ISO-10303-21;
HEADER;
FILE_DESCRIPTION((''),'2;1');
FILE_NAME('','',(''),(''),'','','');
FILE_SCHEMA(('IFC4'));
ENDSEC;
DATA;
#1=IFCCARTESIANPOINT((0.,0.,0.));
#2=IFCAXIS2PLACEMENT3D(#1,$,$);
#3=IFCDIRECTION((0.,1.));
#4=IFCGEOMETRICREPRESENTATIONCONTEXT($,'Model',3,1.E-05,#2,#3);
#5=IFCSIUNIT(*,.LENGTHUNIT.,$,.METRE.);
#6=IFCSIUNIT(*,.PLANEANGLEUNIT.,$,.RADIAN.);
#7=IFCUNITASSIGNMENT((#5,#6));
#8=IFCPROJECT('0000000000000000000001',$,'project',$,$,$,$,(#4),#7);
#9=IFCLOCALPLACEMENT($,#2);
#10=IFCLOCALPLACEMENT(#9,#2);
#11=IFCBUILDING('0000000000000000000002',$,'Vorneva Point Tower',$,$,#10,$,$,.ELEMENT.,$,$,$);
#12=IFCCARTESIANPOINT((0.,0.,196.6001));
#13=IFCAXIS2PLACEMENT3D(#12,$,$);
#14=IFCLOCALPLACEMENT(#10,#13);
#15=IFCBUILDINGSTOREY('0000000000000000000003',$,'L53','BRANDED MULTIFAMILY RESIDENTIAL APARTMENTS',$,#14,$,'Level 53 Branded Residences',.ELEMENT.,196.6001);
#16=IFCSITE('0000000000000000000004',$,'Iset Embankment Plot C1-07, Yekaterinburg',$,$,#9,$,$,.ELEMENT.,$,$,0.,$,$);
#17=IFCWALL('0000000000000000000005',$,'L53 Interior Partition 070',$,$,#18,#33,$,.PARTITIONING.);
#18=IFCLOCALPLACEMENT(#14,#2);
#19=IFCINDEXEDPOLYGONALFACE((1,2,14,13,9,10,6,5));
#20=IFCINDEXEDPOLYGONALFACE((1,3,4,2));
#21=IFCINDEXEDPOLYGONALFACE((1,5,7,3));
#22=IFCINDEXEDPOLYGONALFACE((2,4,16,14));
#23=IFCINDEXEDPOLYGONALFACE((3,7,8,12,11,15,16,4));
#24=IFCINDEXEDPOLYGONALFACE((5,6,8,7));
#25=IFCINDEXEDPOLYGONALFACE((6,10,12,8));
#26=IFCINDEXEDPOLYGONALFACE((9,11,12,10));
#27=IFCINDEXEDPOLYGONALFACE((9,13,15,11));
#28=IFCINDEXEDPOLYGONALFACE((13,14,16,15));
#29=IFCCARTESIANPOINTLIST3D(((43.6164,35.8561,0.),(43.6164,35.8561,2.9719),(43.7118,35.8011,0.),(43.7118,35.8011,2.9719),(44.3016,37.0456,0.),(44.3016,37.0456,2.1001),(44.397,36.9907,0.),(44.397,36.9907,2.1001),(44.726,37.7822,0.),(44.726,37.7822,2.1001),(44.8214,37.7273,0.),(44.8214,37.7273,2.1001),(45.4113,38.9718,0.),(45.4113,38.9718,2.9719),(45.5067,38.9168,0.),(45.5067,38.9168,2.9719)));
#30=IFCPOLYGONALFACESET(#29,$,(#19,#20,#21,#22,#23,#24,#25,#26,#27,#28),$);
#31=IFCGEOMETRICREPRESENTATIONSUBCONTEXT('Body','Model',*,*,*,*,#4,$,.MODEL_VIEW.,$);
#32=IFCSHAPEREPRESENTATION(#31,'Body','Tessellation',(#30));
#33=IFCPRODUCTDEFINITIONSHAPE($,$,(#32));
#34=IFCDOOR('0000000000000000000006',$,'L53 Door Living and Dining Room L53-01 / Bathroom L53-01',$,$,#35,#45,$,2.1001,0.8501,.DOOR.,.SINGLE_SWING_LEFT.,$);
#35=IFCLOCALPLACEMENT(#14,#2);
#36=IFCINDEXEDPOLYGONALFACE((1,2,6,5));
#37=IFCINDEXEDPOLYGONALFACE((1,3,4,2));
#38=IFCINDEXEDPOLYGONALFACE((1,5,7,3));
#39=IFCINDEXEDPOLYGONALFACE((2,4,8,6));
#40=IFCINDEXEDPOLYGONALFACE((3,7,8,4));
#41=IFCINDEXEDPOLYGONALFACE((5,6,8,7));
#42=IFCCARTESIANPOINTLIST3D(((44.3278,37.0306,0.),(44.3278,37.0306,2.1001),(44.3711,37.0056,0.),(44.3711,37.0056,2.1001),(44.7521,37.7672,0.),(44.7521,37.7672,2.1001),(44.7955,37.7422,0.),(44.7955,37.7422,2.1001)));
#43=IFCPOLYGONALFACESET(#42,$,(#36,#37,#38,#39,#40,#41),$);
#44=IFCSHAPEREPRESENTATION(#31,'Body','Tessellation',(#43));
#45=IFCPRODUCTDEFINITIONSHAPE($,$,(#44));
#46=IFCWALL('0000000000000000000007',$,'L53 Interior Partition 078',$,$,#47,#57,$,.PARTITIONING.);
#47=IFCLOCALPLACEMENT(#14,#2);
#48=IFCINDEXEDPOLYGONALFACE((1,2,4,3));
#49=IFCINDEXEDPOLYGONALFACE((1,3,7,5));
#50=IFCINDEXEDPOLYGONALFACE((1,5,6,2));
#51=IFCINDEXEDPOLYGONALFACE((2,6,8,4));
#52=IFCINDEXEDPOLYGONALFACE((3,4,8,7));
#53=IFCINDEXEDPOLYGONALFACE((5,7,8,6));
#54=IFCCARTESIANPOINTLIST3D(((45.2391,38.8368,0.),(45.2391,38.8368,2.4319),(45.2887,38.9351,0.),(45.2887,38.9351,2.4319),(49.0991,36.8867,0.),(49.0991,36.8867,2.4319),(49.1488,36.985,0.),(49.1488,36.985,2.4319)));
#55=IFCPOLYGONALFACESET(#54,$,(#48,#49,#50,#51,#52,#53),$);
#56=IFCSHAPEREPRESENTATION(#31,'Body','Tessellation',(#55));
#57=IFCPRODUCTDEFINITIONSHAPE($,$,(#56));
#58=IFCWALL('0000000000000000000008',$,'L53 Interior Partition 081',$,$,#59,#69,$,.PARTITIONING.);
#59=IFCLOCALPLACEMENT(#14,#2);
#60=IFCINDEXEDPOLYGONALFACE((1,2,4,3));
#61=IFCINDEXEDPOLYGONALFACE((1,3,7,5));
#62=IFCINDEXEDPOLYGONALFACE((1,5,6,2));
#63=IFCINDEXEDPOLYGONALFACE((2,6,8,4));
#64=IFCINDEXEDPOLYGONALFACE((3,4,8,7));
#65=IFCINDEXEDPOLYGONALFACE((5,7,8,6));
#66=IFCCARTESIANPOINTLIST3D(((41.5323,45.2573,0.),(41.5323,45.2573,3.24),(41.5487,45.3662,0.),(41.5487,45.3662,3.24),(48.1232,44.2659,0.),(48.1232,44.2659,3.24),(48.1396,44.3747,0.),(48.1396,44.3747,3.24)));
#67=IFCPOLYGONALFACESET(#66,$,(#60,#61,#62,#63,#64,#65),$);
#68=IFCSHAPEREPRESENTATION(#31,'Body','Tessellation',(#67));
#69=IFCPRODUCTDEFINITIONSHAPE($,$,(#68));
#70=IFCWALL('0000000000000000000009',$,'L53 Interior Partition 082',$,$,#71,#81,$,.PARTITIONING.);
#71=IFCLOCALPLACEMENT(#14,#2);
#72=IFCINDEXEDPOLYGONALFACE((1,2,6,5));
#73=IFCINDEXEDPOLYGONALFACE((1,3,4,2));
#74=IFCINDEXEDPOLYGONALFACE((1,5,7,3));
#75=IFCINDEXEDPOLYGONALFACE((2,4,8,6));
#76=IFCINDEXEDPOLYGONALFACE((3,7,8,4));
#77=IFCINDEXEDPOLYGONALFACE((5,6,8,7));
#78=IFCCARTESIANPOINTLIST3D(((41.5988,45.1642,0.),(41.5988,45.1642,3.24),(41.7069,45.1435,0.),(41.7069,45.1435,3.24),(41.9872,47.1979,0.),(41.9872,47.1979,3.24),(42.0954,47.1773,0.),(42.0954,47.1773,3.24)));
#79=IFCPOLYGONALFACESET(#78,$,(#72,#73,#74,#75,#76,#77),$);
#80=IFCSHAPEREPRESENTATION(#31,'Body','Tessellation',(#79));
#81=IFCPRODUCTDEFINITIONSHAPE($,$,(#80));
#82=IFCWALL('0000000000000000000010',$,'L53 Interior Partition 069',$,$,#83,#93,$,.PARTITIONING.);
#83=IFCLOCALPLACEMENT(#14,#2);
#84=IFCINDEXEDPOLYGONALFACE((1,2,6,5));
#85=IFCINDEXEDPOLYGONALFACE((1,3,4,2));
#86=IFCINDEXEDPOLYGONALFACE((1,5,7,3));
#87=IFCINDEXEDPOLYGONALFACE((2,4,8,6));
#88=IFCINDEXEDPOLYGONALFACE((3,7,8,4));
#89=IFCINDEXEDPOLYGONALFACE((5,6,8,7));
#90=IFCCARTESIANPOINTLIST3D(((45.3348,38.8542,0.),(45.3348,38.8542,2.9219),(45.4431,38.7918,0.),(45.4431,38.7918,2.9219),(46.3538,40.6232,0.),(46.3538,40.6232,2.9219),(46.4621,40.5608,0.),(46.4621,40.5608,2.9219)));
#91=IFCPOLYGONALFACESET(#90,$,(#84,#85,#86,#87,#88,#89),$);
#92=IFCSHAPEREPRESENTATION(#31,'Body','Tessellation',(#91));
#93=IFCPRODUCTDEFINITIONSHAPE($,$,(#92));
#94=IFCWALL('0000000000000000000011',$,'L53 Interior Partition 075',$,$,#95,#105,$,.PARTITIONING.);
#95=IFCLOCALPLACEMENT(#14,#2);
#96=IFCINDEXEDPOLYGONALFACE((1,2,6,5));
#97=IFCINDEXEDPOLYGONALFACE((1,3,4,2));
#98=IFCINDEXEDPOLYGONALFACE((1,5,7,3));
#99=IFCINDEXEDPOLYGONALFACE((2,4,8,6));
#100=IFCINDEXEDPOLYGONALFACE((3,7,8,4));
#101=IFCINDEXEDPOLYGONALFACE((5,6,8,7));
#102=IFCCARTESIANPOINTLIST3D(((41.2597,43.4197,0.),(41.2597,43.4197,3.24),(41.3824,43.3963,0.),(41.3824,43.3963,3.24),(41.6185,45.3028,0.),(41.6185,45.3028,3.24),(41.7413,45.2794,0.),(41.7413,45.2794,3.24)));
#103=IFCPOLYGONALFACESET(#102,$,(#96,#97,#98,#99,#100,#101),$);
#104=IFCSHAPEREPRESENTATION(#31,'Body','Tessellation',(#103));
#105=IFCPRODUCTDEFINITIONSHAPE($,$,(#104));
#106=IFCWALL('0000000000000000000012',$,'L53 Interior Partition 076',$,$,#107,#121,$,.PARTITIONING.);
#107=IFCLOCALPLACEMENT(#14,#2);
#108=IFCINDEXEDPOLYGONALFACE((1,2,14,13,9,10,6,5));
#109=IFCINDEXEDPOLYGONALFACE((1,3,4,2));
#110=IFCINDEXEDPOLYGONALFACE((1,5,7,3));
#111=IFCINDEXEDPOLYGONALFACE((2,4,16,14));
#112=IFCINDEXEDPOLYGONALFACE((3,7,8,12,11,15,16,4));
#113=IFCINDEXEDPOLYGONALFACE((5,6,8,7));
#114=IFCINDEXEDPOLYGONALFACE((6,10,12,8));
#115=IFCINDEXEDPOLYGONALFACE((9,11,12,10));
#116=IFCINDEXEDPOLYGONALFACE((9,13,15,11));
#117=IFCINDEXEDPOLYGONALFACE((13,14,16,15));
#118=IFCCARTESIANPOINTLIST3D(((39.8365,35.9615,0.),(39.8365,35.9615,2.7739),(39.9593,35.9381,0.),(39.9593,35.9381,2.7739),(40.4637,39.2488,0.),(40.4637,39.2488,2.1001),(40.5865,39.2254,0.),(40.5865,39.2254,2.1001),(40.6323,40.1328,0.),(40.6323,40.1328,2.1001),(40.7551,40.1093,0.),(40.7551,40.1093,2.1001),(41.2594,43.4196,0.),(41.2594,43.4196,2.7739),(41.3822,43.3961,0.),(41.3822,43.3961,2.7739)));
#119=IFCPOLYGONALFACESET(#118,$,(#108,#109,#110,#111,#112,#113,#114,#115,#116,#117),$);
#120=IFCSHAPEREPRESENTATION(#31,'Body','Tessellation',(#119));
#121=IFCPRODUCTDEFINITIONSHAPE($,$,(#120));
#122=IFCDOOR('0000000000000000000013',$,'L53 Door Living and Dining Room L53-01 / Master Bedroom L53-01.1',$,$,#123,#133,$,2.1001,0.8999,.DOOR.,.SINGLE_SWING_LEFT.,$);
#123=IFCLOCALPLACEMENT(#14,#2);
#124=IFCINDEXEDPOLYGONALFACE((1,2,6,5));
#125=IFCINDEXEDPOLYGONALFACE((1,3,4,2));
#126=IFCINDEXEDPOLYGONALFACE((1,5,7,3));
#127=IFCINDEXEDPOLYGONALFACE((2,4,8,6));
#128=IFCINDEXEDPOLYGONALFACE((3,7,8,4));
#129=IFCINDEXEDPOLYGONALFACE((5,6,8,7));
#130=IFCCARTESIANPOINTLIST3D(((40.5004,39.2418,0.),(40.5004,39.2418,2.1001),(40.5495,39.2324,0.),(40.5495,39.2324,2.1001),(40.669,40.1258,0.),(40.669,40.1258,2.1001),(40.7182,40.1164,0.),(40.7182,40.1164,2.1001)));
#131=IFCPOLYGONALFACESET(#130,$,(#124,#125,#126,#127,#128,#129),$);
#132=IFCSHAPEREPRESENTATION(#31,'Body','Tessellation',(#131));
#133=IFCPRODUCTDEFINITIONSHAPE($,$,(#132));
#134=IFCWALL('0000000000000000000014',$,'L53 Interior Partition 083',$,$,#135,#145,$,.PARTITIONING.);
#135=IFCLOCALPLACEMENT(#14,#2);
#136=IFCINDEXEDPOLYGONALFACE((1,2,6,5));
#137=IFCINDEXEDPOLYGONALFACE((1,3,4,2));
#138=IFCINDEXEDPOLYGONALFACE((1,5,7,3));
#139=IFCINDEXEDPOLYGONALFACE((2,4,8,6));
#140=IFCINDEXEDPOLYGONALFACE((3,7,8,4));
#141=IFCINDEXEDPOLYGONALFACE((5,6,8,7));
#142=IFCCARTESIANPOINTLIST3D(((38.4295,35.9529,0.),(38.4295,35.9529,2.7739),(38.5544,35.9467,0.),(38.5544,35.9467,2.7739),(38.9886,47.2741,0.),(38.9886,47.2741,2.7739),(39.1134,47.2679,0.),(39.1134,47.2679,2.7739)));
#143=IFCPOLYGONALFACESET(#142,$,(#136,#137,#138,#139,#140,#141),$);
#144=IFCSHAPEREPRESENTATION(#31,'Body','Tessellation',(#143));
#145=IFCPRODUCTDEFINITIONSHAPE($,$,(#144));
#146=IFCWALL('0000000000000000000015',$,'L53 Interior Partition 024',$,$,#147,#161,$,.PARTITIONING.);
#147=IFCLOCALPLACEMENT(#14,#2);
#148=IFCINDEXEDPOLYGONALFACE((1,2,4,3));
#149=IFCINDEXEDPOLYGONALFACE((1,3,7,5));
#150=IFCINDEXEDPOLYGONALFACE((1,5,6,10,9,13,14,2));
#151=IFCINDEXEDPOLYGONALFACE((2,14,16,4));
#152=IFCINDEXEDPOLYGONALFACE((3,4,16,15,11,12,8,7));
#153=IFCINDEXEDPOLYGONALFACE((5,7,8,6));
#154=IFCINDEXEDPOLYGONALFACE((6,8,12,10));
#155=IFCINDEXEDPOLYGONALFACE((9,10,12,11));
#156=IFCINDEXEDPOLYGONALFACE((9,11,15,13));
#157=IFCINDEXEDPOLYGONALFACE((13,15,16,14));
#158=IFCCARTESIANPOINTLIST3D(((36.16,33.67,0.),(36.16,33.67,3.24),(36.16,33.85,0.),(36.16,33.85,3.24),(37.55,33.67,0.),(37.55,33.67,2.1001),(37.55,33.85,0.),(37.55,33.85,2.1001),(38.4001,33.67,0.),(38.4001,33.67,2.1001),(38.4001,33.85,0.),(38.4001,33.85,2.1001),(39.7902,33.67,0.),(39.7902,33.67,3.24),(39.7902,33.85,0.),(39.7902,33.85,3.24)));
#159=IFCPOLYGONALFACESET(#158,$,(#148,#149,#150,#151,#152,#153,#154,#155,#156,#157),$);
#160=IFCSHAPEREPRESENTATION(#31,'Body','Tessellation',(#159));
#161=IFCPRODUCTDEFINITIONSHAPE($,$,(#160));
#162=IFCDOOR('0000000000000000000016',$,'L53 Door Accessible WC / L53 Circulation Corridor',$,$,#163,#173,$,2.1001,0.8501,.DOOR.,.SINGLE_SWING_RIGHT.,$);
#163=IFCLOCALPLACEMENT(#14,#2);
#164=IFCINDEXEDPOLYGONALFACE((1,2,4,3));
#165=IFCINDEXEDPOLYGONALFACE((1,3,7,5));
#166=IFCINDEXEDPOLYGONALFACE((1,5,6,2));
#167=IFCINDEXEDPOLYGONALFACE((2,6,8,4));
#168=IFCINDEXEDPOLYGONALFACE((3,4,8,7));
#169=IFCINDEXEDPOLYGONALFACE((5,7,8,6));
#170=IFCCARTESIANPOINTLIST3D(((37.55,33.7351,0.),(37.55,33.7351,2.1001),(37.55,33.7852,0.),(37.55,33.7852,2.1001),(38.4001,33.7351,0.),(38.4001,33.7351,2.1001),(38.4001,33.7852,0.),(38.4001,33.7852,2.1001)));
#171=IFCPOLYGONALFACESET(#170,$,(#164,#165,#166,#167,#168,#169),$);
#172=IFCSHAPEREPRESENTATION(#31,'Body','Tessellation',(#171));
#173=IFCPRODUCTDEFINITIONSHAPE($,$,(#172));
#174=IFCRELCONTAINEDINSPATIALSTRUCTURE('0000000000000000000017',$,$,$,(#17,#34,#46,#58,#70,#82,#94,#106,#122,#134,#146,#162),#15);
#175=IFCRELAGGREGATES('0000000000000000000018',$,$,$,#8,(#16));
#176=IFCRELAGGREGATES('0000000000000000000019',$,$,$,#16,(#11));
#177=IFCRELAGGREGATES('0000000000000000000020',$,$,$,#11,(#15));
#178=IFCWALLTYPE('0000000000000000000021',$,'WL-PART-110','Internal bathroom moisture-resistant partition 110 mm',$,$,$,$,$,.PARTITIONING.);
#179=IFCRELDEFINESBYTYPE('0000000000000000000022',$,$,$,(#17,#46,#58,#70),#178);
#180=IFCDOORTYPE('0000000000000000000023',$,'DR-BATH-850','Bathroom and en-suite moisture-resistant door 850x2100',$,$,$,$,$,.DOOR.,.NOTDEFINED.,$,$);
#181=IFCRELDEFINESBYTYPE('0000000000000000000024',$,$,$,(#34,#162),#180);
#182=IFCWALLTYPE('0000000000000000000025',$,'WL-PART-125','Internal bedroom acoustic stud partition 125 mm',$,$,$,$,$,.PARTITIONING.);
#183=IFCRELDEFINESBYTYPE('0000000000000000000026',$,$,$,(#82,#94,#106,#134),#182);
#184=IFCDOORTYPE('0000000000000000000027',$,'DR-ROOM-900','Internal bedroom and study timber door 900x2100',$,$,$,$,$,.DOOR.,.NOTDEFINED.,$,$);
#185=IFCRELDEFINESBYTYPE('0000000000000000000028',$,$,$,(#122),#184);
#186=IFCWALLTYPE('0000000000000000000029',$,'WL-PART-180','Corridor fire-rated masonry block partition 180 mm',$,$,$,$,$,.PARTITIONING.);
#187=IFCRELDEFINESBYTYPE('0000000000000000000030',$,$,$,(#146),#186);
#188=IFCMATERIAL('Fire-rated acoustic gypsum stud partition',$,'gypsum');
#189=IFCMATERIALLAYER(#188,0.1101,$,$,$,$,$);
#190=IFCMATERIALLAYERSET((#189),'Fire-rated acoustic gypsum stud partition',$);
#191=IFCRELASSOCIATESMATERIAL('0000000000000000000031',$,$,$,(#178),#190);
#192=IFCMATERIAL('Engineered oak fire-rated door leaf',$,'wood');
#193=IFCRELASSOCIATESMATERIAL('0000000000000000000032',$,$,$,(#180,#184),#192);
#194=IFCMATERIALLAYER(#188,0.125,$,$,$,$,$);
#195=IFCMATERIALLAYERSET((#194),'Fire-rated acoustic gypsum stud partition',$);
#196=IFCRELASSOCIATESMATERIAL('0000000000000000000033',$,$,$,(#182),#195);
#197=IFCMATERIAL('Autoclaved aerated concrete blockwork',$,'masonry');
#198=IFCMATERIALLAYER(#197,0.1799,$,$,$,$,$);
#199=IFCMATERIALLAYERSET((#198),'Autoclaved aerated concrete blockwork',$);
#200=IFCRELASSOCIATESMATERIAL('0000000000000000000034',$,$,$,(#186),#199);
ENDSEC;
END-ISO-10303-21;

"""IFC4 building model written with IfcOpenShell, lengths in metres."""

from ifc_helpers import new_model, si_unit, direction, frame, frame_2d, origin, place, context, subcontext, project, spatial, rectangle, extrude, material, layer, layer_set, type_object, element, fill, save


model = new_model("IFC4")

# Units and contexts
model_context = context("Model", 3, precision=1e-05, world=origin(), true_north=direction((0.0, 1.0)))
body_context = subcontext(model_context, "Body", "Model", "MODEL_VIEW")
ifc_project = project(units=[si_unit("LENGTHUNIT", "METRE"), si_unit("PLANEANGLEUNIT", "RADIAN")], contexts=[model_context])

# Site, building, storey
site_placement = place(None, origin())
site = spatial("IfcSite", under=ifc_project, at=site_placement, Name="Iset Embankment Plot C1-07, Yekaterinburg", CompositionType="ELEMENT", RefElevation=0.0)
building_placement = place(site_placement, origin())
building = spatial("IfcBuilding", under=site, at=building_placement, Name="Vorneva Point Tower", CompositionType="ELEMENT")
storey_placement = place(building_placement, frame((0.0, 0.0, 196.6001)))
storey = spatial("IfcBuildingStorey", under=building, at=storey_placement, Name="L53", Description="BRANDED MULTIFAMILY RESIDENTIAL APARTMENTS", LongName="Level 53 Branded Residences", CompositionType="ELEMENT", Elevation=196.6001)

# Wall, opening, door
ifc_material_1 = material(Name="Fire-rated acoustic gypsum stud partition", Category="gypsum")
ifc_layer_1 = layer(ifc_material_1, 0.1101)
ifc_layer_set_1 = layer_set([ifc_layer_1], Name="Fire-rated acoustic gypsum stud partition")
wall_type_1 = type_object("IfcWallType", Name="WL-PART-110", Description="Internal bathroom moisture-resistant partition 110 mm", PredefinedType="PARTITIONING", material=ifc_layer_set_1)
wall_1_placement = place(storey_placement, frame((43.6641, 35.8286, 0.0), z_axis=(0.0, 0.0, 1.0), x_axis=(0.499178, 0.8665, 0.0)))
wall_1 = element("IfcWall", 1, at=wall_1_placement, inside=storey, type_object=wall_type_1, Name="L53 Interior Partition 070", PredefinedType="PARTITIONING", context=body_context, shape_type="SweptSolid", body=[
    extrude(rectangle(XDim=3.5957, YDim=0.1101, at=frame_2d((1.7979, 0.0))), origin(), (0.0, 0.0, 1.0), 2.9719),
])
opening_1_placement = place(wall_1_placement, frame((1.3728, 0.0, 0.0)))
opening_1 = element("IfcOpeningElement", 2, at=opening_1_placement, cuts=wall_1, PredefinedType="OPENING", context=body_context, shape_type="SweptSolid", body=[
    extrude(rectangle(XDim=0.8501, YDim=2.1001, at=frame_2d((0.425, 1.05))), frame((0.0, 0.0698, 0.0), z_axis=(0.0, -1.0, 0.0), x_axis=(1.0, 0.0, 0.0)), (0.0, 0.0, 1.0), 0.1399),
])
ifc_material_2 = material(Name="Engineered oak fire-rated door leaf", Category="wood")
door_type_1 = type_object("IfcDoorType", Name="DR-BATH-850", Description="Bathroom and en-suite moisture-resistant door 850x2100", OperationType="NOTDEFINED", PredefinedType="DOOR", material=ifc_material_2)
door_1_placement = place(opening_1_placement, origin())
door_1 = element("IfcDoor", 3, at=door_1_placement, inside=storey, type_object=door_type_1, Name="L53 Door Living and Dining Room L53-01 / Bathroom L53-01", OperationType="SINGLE_SWING_LEFT", OverallHeight=2.1001, OverallWidth=0.8501, PredefinedType="DOOR", context=body_context, shape_type="SweptSolid", body=[
    extrude(rectangle(XDim=0.8501, YDim=2.1001, at=frame_2d((0.425, 1.05))), frame((0.0, 0.0249, 0.0), z_axis=(0.0, -1.0, 0.0), x_axis=(1.0, 0.0, 0.0)), (0.0, 0.0, 1.0), 0.05),
])
fill(opening_1, door_1)

# Walls
wall_2_placement = place(storey_placement, frame((45.2639, 38.886, 0.0), z_axis=(0.0, 0.0, 1.0), x_axis=(0.892557, -0.450936, 0.0)))
element("IfcWall", 4, at=wall_2_placement, inside=storey, type_object=wall_type_1, Name="L53 Interior Partition 078", PredefinedType="PARTITIONING", context=body_context, shape_type="SweptSolid", body=[
    extrude(rectangle(XDim=4.3247, YDim=0.1101, at=frame_2d((2.1624, 0.0))), origin(), (0.0, 0.0, 1.0), 2.4319),
])
wall_3_placement = place(storey_placement, frame((41.5405, 45.3118, 0.0), z_axis=(0.0, 0.0, 1.0), x_axis=(0.988874, -0.148756, 0.0)))
element("IfcWall", 5, at=wall_3_placement, inside=storey, type_object=wall_type_1, Name="L53 Interior Partition 081", PredefinedType="PARTITIONING", context=body_context, shape_type="SweptSolid", body=[
    extrude(rectangle(XDim=6.665, YDim=0.1101, at=frame_2d((3.3325, 0.0))), origin(), (0.0, 0.0, 1.0), 3.24),
])
wall_4_placement = place(storey_placement, frame((42.0413, 47.1875, 0.0), z_axis=(0.0, 0.0, 1.0), x_axis=(-0.187605, -0.982245, 0.0)))
element("IfcWall", 6, at=wall_4_placement, inside=storey, type_object=wall_type_1, Name="L53 Interior Partition 082", PredefinedType="PARTITIONING", context=body_context, shape_type="SweptSolid", body=[
    extrude(rectangle(XDim=2.0706, YDim=0.1101, at=frame_2d((1.0352, 0.0))), origin(), (0.0, 0.0, 1.0), 3.24),
])
ifc_layer_2 = layer(ifc_material_1, 0.125)
ifc_layer_set_2 = layer_set([ifc_layer_2], Name="Fire-rated acoustic gypsum stud partition")
wall_type_2 = type_object("IfcWallType", Name="WL-PART-125", Description="Internal bedroom acoustic stud partition 125 mm", PredefinedType="PARTITIONING", material=ifc_layer_set_2)
wall_5_placement = place(storey_placement, frame((45.3889, 38.823, 0.0), z_axis=(0.0, 0.0, 1.0), x_axis=(0.49915, 0.866516, 0.0)))
element("IfcWall", 7, at=wall_5_placement, inside=storey, type_object=wall_type_2, Name="L53 Interior Partition 069", PredefinedType="PARTITIONING", context=body_context, shape_type="SweptSolid", body=[
    extrude(rectangle(XDim=2.0415, YDim=0.125, at=frame_2d((1.0208, 0.0))), origin(), (0.0, 0.0, 1.0), 2.9219),
])
wall_6_placement = place(storey_placement, frame((41.321, 43.408, 0.0), z_axis=(0.0, 0.0, 1.0), x_axis=(0.187217, 0.982318, 0.0)))
element("IfcWall", 8, at=wall_6_placement, inside=storey, type_object=wall_type_2, Name="L53 Interior Partition 075", PredefinedType="PARTITIONING", context=body_context, shape_type="SweptSolid", body=[
    extrude(rectangle(XDim=1.917, YDim=0.125, at=frame_2d((0.9585, 0.0))), origin(), (0.0, 0.0, 1.0), 3.24),
])

# Wall, opening, door
wall_7_placement = place(storey_placement, frame((41.3208, 43.408, 0.0), z_axis=(0.0, 0.0, 1.0), x_axis=(-0.187402, -0.982283, 0.0)))
wall_7 = element("IfcWall", 9, at=wall_7_placement, inside=storey, type_object=wall_type_2, Name="L53 Interior Partition 076", PredefinedType="PARTITIONING", context=body_context, shape_type="SweptSolid", body=[
    extrude(rectangle(XDim=7.5925, YDim=0.125, at=frame_2d((3.7964, 0.0))), origin(), (0.0, 0.0, 1.0), 2.7739),
])
opening_2_placement = place(wall_7_placement, frame((3.3462, 0.0, 0.0)))
opening_2 = element("IfcOpeningElement", 10, at=opening_2_placement, cuts=wall_7, PredefinedType="OPENING", context=body_context, shape_type="SweptSolid", body=[
    extrude(rectangle(XDim=0.8999, YDim=2.1001, at=frame_2d((0.45, 1.05))), frame((0.0, 0.0774, 0.0), z_axis=(0.0, -1.0, 0.0), x_axis=(1.0, 0.0, 0.0)), (0.0, 0.0, 1.0), 0.1548),
])
door_type_2 = type_object("IfcDoorType", Name="DR-ROOM-900", Description="Internal bedroom and study timber door 900x2100", OperationType="NOTDEFINED", PredefinedType="DOOR", material=ifc_material_2)
door_2_placement = place(opening_2_placement, origin())
door_2 = element("IfcDoor", 11, at=door_2_placement, inside=storey, type_object=door_type_2, Name="L53 Door Living and Dining Room L53-01 / Master Bedroom L53-01.1", OperationType="SINGLE_SWING_LEFT", OverallHeight=2.1001, OverallWidth=0.8999, PredefinedType="DOOR", context=body_context, shape_type="SweptSolid", body=[
    extrude(rectangle(XDim=0.8999, YDim=2.1001, at=frame_2d((0.45, 1.05))), frame((0.0, 0.0249, 0.0), z_axis=(0.0, -1.0, 0.0), x_axis=(1.0, 0.0, 0.0)), (0.0, 0.0, 1.0), 0.05),
])
fill(opening_2, door_2)

# Wall
wall_8_placement = place(storey_placement, frame((39.051, 47.271, 0.0), z_axis=(0.0, 0.0, 1.0), x_axis=(-0.049324, -0.998783, 0.0)))
element("IfcWall", 12, at=wall_8_placement, inside=storey, type_object=wall_type_2, Name="L53 Interior Partition 083", PredefinedType="PARTITIONING", context=body_context, shape_type="SweptSolid", body=[
    extrude(rectangle(XDim=11.335, YDim=0.125, at=frame_2d((5.6675, 0.0))), origin(), (0.0, 0.0, 1.0), 2.7739),
])

# Wall, opening, door
ifc_material_3 = material(Name="Autoclaved aerated concrete blockwork", Category="masonry")
ifc_layer_3 = layer(ifc_material_3, 0.1799)
ifc_layer_set_3 = layer_set([ifc_layer_3], Name="Autoclaved aerated concrete blockwork")
wall_type_3 = type_object("IfcWallType", Name="WL-PART-180", Description="Corridor fire-rated masonry block partition 180 mm", PredefinedType="PARTITIONING", material=ifc_layer_set_3)
wall_9_placement = place(storey_placement, frame((39.79, 33.76, 0.0), z_axis=(0.0, 0.0, 1.0), x_axis=(-1.0, 0.0, 0.0)))
wall_9 = element("IfcWall", 13, at=wall_9_placement, inside=storey, type_object=wall_type_3, Name="L53 Interior Partition 024", PredefinedType="PARTITIONING", context=body_context, shape_type="SweptSolid", body=[
    extrude(rectangle(XDim=3.6301, YDim=0.1799, at=frame_2d((1.8149, 0.0))), origin(), (0.0, 0.0, 1.0), 3.24),
])
opening_3_placement = place(wall_9_placement, frame((1.3899, 0.0, 0.0)))
opening_3 = element("IfcOpeningElement", 14, at=opening_3_placement, cuts=wall_9, PredefinedType="OPENING", context=body_context, shape_type="SweptSolid", body=[
    extrude(rectangle(XDim=0.8501, YDim=2.1001, at=frame_2d((0.425, 1.05))), frame((0.0, 0.105, 0.0), z_axis=(0.0, -1.0, 0.0), x_axis=(1.0, 0.0, 0.0)), (0.0, 0.0, 1.0), 0.2097),
])
door_3_placement = place(opening_3_placement, origin())
door_3 = element("IfcDoor", 15, at=door_3_placement, inside=storey, type_object=door_type_1, Name="L53 Door Accessible WC / L53 Circulation Corridor", OperationType="SINGLE_SWING_RIGHT", OverallHeight=2.1001, OverallWidth=0.8501, PredefinedType="DOOR", context=body_context, shape_type="SweptSolid", body=[
    extrude(rectangle(XDim=0.8501, YDim=2.1001, at=frame_2d((0.425, 1.05))), frame((0.0, 0.0249, 0.0), z_axis=(0.0, -1.0, 0.0), x_axis=(1.0, 0.0, 0.0)), (0.0, 0.0, 1.0), 0.05),
])
fill(opening_3, door_3)

save(model, "model.ifc")
